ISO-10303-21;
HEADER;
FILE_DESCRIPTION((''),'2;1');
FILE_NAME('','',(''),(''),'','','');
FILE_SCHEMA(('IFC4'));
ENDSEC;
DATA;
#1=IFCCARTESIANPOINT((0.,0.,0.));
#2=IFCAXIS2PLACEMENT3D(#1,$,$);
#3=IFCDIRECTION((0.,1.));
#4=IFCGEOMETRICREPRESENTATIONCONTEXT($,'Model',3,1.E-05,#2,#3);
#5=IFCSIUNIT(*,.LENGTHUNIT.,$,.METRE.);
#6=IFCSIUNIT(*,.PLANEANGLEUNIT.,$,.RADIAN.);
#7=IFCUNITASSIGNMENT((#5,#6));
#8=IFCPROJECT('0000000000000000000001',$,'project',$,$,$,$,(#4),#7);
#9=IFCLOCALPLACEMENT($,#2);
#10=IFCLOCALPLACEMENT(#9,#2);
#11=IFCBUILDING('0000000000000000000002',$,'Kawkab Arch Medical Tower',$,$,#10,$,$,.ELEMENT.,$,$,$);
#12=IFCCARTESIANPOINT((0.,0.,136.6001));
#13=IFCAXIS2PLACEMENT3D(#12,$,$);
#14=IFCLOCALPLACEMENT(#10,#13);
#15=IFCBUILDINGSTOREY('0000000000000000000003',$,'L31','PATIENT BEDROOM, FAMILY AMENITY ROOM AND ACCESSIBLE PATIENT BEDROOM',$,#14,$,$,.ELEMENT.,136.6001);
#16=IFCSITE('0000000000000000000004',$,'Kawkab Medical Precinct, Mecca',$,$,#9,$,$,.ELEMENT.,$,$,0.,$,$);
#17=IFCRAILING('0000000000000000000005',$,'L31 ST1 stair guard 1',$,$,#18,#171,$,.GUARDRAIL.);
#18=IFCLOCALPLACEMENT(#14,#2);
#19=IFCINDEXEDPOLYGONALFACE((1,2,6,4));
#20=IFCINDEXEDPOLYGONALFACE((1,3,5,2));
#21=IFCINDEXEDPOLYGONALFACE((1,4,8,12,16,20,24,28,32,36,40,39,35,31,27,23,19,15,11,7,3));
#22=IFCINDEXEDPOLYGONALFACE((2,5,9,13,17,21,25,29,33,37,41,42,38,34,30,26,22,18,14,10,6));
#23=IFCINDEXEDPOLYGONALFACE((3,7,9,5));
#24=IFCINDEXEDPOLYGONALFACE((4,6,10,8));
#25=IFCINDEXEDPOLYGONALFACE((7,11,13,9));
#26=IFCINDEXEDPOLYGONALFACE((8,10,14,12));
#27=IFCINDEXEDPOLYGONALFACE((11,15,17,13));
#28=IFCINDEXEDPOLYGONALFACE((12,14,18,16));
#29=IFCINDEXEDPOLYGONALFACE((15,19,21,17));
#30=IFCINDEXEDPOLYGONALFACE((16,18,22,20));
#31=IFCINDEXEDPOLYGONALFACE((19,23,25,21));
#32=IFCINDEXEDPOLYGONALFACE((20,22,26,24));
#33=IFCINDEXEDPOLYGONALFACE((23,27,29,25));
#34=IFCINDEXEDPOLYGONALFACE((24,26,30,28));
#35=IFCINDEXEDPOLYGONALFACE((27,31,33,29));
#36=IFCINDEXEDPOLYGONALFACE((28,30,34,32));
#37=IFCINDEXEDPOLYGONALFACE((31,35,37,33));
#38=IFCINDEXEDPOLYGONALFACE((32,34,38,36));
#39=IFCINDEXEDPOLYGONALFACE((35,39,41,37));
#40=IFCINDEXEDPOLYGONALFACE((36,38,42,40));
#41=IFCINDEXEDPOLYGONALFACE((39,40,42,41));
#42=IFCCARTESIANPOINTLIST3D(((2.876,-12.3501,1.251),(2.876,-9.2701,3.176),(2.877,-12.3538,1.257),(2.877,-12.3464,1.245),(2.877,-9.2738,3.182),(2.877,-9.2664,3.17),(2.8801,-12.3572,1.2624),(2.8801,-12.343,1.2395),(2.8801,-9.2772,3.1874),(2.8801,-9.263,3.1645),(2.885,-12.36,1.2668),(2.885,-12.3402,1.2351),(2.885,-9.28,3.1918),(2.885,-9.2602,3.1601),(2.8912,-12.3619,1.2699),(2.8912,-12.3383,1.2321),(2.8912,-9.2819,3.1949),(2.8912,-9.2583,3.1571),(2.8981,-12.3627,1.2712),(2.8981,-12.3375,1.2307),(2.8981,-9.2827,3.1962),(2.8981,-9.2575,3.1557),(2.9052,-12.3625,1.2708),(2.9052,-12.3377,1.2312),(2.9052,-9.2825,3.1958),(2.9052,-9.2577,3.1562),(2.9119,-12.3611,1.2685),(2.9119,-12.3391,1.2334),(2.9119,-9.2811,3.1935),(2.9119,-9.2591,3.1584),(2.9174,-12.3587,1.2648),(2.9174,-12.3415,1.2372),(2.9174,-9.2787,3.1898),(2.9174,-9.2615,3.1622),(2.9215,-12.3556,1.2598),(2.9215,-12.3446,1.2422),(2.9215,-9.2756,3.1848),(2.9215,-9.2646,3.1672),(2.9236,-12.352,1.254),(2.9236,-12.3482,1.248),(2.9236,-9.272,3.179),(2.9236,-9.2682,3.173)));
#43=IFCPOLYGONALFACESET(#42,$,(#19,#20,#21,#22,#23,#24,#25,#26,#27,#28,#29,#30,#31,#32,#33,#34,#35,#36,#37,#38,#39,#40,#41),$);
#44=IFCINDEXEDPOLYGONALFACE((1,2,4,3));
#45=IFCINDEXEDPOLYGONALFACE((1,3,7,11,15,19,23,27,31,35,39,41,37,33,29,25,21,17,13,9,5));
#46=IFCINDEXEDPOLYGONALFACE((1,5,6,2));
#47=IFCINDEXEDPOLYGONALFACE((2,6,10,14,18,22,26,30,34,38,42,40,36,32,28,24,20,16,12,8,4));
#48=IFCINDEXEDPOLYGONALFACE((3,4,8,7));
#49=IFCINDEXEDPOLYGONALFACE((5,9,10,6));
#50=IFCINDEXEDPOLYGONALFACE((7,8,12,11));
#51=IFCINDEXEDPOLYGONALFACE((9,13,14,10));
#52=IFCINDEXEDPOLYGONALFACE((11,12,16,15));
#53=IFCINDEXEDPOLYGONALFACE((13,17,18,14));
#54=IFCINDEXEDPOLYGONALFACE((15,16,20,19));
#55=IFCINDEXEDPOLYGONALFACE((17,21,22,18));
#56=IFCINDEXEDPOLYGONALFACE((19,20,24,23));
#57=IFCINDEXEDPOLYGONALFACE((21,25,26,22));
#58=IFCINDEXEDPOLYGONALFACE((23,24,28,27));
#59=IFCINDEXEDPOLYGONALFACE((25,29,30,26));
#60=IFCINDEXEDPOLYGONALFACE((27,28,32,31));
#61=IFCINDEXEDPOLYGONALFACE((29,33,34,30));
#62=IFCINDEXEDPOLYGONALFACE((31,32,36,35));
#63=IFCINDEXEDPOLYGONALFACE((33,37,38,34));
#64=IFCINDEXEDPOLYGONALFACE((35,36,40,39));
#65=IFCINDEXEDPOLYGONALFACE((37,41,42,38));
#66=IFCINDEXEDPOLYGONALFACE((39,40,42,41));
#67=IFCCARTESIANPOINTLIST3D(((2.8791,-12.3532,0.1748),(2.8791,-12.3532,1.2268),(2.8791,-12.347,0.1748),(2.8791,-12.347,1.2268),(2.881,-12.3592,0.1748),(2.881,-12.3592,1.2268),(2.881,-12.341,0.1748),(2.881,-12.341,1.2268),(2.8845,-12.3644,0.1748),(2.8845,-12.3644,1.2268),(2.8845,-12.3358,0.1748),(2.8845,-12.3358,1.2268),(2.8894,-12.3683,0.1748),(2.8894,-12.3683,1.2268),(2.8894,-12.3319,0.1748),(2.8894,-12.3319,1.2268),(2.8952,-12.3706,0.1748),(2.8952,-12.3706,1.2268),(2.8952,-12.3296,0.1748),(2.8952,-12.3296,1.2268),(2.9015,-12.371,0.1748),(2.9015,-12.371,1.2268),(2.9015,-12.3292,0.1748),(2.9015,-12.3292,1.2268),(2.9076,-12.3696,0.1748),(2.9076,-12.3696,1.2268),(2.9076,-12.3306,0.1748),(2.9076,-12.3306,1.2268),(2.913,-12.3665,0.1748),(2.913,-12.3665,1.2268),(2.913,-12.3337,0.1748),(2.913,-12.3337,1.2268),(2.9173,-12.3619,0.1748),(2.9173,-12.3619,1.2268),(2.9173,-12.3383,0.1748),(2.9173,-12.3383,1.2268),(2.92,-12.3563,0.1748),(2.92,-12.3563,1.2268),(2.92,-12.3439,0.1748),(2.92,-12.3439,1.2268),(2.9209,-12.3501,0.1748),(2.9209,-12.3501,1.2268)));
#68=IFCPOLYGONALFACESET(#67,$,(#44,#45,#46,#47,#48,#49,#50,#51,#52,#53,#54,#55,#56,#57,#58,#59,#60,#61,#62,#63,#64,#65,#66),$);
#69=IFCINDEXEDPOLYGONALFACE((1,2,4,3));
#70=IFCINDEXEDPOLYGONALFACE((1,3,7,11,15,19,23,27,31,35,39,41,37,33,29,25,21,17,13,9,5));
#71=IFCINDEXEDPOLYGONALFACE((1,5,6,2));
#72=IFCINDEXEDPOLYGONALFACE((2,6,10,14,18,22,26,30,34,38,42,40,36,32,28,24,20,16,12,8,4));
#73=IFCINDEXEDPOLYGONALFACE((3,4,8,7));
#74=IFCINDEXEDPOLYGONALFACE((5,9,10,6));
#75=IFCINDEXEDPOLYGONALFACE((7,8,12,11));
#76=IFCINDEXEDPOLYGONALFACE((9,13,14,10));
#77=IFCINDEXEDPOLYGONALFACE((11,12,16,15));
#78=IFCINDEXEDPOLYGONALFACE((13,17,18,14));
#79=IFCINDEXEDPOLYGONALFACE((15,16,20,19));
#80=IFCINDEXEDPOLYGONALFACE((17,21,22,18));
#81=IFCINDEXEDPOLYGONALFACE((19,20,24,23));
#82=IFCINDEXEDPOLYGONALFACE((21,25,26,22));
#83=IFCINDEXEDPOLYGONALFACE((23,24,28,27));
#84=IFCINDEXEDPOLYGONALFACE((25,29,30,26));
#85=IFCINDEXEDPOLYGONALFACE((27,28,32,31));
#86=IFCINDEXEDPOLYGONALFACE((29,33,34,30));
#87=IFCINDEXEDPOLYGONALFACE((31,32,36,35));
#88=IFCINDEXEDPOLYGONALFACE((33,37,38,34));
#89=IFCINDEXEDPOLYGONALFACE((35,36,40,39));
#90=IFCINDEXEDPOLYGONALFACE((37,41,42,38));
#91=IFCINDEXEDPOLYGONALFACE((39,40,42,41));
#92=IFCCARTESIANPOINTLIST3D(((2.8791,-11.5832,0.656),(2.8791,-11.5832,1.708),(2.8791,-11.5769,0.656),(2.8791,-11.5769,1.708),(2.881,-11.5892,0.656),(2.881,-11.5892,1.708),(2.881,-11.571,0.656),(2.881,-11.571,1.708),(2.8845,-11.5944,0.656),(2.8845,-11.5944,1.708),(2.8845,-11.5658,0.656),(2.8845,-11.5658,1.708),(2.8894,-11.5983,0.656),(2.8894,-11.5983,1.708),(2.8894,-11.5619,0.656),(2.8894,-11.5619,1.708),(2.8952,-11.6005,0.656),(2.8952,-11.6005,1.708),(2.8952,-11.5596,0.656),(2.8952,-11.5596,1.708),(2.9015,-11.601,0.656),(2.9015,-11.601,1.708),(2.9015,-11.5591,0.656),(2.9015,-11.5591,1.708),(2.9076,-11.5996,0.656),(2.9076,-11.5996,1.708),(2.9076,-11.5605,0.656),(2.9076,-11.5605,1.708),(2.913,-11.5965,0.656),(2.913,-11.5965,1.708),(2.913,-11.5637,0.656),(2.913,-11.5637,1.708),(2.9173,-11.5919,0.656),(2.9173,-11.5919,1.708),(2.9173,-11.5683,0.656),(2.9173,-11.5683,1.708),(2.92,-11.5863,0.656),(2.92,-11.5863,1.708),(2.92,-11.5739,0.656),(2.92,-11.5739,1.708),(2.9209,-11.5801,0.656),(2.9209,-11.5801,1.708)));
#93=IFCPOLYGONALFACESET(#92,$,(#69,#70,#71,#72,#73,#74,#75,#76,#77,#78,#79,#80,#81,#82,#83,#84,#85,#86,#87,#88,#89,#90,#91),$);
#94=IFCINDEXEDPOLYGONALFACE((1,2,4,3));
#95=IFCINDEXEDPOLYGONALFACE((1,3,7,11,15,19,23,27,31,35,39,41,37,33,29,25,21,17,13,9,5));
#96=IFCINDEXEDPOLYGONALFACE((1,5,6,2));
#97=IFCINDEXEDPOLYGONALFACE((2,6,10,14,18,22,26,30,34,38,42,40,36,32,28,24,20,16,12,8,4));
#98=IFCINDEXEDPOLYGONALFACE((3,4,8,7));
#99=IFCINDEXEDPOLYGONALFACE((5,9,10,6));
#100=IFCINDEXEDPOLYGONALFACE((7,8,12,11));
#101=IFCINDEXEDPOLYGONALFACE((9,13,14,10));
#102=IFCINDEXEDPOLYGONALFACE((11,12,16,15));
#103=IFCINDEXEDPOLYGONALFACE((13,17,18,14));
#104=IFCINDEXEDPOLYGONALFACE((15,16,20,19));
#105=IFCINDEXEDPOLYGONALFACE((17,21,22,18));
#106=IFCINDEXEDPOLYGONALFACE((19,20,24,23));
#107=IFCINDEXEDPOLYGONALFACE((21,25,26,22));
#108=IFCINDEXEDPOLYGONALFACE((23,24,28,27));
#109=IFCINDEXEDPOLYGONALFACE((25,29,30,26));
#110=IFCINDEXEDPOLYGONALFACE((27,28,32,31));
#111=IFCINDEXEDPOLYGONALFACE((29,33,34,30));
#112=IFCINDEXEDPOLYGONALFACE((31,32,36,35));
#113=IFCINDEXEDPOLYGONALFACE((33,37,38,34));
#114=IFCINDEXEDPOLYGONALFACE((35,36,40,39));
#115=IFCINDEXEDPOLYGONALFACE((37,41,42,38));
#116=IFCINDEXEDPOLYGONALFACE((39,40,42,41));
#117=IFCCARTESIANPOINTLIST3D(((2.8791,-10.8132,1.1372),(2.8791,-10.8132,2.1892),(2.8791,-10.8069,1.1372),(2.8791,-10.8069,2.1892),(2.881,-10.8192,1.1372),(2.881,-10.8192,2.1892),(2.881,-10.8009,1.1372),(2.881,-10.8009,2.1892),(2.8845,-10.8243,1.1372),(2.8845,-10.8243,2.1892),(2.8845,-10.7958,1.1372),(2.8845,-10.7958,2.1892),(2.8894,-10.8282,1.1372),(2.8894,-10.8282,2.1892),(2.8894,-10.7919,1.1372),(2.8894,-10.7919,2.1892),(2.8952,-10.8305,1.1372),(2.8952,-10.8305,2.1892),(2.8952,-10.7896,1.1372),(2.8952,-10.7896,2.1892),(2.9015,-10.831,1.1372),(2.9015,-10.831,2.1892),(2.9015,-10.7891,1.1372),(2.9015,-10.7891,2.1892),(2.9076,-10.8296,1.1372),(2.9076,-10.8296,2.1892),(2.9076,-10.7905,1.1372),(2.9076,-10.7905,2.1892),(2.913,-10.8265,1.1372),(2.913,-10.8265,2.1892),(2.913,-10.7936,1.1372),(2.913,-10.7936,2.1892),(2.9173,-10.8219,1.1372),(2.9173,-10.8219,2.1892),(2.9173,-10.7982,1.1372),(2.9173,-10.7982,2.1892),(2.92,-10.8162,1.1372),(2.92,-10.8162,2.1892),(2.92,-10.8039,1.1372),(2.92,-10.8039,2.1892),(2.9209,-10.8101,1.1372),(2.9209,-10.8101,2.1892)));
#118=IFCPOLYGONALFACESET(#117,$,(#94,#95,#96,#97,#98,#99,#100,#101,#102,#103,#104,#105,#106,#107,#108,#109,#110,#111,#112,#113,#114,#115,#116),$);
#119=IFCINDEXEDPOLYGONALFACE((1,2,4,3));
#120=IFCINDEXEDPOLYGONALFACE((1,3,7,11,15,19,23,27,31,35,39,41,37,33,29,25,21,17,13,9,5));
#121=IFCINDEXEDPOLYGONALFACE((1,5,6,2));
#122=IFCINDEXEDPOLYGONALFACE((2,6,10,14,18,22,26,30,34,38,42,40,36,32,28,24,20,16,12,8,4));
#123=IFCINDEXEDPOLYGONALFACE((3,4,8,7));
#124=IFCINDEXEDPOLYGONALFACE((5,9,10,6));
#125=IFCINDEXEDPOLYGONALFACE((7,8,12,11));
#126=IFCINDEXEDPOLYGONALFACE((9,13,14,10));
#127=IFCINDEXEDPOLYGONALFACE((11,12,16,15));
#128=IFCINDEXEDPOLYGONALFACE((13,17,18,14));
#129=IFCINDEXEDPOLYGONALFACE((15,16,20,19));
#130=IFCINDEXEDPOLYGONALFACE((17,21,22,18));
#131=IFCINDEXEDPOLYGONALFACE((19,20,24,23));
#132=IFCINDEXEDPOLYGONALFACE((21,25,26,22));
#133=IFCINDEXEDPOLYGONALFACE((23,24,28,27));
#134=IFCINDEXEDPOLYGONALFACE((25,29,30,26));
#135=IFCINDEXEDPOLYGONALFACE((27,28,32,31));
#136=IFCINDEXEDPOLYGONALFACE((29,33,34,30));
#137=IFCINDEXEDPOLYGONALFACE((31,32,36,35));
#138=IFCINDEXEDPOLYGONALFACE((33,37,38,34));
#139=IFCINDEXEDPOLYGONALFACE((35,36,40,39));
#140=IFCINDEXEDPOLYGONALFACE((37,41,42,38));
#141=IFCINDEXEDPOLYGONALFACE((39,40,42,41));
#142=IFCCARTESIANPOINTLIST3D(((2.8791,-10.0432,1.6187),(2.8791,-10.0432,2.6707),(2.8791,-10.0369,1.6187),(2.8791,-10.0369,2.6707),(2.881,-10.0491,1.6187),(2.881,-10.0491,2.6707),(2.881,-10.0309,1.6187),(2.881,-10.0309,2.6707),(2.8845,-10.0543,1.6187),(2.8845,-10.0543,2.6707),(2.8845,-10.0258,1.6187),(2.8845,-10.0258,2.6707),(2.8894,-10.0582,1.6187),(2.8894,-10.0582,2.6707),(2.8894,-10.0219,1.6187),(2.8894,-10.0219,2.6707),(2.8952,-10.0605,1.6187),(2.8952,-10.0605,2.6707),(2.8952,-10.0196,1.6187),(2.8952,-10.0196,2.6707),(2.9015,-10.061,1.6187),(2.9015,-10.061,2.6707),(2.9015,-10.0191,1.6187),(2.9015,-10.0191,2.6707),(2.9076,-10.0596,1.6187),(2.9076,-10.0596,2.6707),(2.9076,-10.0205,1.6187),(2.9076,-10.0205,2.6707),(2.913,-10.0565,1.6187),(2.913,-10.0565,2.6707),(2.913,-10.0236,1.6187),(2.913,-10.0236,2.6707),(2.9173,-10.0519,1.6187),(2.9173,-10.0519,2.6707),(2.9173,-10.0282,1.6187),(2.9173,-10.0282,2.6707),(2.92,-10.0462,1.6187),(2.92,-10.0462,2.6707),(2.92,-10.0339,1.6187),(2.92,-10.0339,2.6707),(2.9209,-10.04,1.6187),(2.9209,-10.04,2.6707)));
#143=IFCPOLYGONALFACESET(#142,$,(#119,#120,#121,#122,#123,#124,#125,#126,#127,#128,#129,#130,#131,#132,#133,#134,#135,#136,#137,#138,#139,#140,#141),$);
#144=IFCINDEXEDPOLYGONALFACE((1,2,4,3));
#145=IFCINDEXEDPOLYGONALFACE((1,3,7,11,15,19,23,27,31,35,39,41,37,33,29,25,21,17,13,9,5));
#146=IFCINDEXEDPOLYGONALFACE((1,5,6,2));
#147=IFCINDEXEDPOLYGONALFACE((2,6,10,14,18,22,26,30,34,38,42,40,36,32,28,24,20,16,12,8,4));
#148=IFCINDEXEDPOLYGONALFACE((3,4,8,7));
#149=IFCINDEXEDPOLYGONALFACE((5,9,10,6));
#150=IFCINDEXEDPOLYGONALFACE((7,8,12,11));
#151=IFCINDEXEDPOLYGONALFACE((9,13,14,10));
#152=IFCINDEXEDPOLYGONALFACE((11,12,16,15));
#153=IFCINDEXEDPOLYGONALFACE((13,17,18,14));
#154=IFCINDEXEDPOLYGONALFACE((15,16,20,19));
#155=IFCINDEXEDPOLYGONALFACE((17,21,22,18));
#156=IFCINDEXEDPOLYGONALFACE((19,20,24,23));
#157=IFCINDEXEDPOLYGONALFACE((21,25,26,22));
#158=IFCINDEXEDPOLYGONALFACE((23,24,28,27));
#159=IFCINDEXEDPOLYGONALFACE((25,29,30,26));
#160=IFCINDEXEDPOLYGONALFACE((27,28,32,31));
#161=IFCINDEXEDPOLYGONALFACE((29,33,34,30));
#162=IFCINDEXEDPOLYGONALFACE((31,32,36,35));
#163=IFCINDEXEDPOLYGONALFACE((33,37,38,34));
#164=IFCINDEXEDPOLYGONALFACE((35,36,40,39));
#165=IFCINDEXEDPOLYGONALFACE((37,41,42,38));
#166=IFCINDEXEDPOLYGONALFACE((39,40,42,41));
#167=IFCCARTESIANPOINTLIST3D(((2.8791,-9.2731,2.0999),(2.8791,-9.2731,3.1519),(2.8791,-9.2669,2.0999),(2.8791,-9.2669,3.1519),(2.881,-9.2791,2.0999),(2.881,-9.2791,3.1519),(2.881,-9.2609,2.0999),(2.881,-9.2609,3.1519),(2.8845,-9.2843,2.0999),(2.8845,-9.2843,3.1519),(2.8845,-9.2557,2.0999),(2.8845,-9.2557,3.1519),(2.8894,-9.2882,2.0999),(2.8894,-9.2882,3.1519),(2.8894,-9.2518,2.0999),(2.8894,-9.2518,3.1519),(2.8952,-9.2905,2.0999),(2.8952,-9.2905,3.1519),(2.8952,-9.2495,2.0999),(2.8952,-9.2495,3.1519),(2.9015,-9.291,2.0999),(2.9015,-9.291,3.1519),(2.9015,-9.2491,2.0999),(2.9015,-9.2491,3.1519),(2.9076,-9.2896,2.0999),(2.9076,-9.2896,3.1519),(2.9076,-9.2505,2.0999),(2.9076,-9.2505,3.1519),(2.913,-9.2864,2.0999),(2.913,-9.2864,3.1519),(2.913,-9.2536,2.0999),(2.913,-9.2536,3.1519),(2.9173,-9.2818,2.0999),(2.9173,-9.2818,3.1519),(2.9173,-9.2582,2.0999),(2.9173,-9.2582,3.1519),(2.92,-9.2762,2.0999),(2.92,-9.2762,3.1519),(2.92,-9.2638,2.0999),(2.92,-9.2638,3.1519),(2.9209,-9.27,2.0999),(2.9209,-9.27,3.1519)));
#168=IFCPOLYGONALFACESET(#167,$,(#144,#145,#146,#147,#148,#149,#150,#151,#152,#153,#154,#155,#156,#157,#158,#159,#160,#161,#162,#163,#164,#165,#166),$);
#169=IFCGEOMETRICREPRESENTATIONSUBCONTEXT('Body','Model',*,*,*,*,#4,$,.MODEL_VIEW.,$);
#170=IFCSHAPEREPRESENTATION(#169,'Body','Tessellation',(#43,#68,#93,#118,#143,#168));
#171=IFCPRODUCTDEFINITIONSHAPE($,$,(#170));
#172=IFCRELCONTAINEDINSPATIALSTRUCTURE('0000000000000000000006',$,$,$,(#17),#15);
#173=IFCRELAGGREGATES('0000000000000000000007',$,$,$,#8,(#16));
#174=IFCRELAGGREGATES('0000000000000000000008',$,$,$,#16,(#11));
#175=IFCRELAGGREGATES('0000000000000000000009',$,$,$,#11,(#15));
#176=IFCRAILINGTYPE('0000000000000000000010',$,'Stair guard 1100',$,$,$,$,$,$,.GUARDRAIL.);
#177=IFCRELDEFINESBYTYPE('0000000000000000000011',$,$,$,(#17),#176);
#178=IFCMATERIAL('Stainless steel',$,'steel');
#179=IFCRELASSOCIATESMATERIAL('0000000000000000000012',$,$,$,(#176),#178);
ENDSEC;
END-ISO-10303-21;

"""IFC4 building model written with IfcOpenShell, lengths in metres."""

from ifc_helpers import new_model, si_unit, direction, frame, origin, origin_2d, place, context, subcontext, project, spatial, circle, extrude, material, type_object, element, save


model = new_model("IFC4")

# Units and contexts
model_context = context("Model", 3, precision=1e-05, world=origin(), true_north=direction((0.0, 1.0)))
body_context = subcontext(model_context, "Body", "Model", "MODEL_VIEW")
ifc_project = project(units=[si_unit("LENGTHUNIT", "METRE"), si_unit("PLANEANGLEUNIT", "RADIAN")], contexts=[model_context])

# Site, building, storey
site_placement = place(None, origin())
site = spatial("IfcSite", under=ifc_project, at=site_placement, Name="Kawkab Medical Precinct, Mecca", CompositionType="ELEMENT", RefElevation=0.0)
building_placement = place(site_placement, origin())
building = spatial("IfcBuilding", under=site, at=building_placement, Name="Kawkab Arch Medical Tower", CompositionType="ELEMENT")
storey_placement = place(building_placement, frame((0.0, 0.0, 136.6001)))
storey = spatial("IfcBuildingStorey", under=building, at=storey_placement, Name="L31", Description="PATIENT BEDROOM, FAMILY AMENITY ROOM AND ACCESSIBLE PATIENT BEDROOM", CompositionType="ELEMENT", Elevation=136.6001)

# Railing
ifc_material_1 = material(Name="Stainless steel", Category="steel")
railing_type_1 = type_object("IfcRailingType", Name="Stair guard 1100", PredefinedType="GUARDRAIL", material=ifc_material_1)
railing_1_placement = place(storey_placement, frame((2.8999, -12.3501, 0.1748)))
element("IfcRailing", 1, at=railing_1_placement, inside=storey, type_object=railing_type_1, Name="L31 ST1 stair guard 1", PredefinedType="GUARDRAIL", context=body_context, shape_type="SweptSolid", body=[
    extrude(circle(Radius=0.0239, at=origin_2d()), frame((0.0, 0.0, 1.0762), z_axis=(0.0, 0.847998, 0.529999), x_axis=(-1.0, 0.0, 0.0)), (0.0, 0.0, 1.0), 3.6321),
    extrude(circle(Radius=0.021, at=origin_2d()), origin(), (0.0, 0.0, 1.0), 1.052),
    extrude(circle(Radius=0.021, at=origin_2d()), frame((0.0, 0.77, 0.4812)), (0.0, 0.0, 1.0), 1.052),
    extrude(circle(Radius=0.021, at=origin_2d()), frame((0.0, 1.54, 0.9624)), (0.0, 0.0, 1.0), 1.052),
    extrude(circle(Radius=0.021, at=origin_2d()), frame((0.0, 2.3101, 1.4438)), (0.0, 0.0, 1.0), 1.052),
    extrude(circle(Radius=0.021, at=origin_2d()), frame((0.0, 3.0801, 1.925)), (0.0, 0.0, 1.0), 1.052),
])

save(model, "model.ifc")
